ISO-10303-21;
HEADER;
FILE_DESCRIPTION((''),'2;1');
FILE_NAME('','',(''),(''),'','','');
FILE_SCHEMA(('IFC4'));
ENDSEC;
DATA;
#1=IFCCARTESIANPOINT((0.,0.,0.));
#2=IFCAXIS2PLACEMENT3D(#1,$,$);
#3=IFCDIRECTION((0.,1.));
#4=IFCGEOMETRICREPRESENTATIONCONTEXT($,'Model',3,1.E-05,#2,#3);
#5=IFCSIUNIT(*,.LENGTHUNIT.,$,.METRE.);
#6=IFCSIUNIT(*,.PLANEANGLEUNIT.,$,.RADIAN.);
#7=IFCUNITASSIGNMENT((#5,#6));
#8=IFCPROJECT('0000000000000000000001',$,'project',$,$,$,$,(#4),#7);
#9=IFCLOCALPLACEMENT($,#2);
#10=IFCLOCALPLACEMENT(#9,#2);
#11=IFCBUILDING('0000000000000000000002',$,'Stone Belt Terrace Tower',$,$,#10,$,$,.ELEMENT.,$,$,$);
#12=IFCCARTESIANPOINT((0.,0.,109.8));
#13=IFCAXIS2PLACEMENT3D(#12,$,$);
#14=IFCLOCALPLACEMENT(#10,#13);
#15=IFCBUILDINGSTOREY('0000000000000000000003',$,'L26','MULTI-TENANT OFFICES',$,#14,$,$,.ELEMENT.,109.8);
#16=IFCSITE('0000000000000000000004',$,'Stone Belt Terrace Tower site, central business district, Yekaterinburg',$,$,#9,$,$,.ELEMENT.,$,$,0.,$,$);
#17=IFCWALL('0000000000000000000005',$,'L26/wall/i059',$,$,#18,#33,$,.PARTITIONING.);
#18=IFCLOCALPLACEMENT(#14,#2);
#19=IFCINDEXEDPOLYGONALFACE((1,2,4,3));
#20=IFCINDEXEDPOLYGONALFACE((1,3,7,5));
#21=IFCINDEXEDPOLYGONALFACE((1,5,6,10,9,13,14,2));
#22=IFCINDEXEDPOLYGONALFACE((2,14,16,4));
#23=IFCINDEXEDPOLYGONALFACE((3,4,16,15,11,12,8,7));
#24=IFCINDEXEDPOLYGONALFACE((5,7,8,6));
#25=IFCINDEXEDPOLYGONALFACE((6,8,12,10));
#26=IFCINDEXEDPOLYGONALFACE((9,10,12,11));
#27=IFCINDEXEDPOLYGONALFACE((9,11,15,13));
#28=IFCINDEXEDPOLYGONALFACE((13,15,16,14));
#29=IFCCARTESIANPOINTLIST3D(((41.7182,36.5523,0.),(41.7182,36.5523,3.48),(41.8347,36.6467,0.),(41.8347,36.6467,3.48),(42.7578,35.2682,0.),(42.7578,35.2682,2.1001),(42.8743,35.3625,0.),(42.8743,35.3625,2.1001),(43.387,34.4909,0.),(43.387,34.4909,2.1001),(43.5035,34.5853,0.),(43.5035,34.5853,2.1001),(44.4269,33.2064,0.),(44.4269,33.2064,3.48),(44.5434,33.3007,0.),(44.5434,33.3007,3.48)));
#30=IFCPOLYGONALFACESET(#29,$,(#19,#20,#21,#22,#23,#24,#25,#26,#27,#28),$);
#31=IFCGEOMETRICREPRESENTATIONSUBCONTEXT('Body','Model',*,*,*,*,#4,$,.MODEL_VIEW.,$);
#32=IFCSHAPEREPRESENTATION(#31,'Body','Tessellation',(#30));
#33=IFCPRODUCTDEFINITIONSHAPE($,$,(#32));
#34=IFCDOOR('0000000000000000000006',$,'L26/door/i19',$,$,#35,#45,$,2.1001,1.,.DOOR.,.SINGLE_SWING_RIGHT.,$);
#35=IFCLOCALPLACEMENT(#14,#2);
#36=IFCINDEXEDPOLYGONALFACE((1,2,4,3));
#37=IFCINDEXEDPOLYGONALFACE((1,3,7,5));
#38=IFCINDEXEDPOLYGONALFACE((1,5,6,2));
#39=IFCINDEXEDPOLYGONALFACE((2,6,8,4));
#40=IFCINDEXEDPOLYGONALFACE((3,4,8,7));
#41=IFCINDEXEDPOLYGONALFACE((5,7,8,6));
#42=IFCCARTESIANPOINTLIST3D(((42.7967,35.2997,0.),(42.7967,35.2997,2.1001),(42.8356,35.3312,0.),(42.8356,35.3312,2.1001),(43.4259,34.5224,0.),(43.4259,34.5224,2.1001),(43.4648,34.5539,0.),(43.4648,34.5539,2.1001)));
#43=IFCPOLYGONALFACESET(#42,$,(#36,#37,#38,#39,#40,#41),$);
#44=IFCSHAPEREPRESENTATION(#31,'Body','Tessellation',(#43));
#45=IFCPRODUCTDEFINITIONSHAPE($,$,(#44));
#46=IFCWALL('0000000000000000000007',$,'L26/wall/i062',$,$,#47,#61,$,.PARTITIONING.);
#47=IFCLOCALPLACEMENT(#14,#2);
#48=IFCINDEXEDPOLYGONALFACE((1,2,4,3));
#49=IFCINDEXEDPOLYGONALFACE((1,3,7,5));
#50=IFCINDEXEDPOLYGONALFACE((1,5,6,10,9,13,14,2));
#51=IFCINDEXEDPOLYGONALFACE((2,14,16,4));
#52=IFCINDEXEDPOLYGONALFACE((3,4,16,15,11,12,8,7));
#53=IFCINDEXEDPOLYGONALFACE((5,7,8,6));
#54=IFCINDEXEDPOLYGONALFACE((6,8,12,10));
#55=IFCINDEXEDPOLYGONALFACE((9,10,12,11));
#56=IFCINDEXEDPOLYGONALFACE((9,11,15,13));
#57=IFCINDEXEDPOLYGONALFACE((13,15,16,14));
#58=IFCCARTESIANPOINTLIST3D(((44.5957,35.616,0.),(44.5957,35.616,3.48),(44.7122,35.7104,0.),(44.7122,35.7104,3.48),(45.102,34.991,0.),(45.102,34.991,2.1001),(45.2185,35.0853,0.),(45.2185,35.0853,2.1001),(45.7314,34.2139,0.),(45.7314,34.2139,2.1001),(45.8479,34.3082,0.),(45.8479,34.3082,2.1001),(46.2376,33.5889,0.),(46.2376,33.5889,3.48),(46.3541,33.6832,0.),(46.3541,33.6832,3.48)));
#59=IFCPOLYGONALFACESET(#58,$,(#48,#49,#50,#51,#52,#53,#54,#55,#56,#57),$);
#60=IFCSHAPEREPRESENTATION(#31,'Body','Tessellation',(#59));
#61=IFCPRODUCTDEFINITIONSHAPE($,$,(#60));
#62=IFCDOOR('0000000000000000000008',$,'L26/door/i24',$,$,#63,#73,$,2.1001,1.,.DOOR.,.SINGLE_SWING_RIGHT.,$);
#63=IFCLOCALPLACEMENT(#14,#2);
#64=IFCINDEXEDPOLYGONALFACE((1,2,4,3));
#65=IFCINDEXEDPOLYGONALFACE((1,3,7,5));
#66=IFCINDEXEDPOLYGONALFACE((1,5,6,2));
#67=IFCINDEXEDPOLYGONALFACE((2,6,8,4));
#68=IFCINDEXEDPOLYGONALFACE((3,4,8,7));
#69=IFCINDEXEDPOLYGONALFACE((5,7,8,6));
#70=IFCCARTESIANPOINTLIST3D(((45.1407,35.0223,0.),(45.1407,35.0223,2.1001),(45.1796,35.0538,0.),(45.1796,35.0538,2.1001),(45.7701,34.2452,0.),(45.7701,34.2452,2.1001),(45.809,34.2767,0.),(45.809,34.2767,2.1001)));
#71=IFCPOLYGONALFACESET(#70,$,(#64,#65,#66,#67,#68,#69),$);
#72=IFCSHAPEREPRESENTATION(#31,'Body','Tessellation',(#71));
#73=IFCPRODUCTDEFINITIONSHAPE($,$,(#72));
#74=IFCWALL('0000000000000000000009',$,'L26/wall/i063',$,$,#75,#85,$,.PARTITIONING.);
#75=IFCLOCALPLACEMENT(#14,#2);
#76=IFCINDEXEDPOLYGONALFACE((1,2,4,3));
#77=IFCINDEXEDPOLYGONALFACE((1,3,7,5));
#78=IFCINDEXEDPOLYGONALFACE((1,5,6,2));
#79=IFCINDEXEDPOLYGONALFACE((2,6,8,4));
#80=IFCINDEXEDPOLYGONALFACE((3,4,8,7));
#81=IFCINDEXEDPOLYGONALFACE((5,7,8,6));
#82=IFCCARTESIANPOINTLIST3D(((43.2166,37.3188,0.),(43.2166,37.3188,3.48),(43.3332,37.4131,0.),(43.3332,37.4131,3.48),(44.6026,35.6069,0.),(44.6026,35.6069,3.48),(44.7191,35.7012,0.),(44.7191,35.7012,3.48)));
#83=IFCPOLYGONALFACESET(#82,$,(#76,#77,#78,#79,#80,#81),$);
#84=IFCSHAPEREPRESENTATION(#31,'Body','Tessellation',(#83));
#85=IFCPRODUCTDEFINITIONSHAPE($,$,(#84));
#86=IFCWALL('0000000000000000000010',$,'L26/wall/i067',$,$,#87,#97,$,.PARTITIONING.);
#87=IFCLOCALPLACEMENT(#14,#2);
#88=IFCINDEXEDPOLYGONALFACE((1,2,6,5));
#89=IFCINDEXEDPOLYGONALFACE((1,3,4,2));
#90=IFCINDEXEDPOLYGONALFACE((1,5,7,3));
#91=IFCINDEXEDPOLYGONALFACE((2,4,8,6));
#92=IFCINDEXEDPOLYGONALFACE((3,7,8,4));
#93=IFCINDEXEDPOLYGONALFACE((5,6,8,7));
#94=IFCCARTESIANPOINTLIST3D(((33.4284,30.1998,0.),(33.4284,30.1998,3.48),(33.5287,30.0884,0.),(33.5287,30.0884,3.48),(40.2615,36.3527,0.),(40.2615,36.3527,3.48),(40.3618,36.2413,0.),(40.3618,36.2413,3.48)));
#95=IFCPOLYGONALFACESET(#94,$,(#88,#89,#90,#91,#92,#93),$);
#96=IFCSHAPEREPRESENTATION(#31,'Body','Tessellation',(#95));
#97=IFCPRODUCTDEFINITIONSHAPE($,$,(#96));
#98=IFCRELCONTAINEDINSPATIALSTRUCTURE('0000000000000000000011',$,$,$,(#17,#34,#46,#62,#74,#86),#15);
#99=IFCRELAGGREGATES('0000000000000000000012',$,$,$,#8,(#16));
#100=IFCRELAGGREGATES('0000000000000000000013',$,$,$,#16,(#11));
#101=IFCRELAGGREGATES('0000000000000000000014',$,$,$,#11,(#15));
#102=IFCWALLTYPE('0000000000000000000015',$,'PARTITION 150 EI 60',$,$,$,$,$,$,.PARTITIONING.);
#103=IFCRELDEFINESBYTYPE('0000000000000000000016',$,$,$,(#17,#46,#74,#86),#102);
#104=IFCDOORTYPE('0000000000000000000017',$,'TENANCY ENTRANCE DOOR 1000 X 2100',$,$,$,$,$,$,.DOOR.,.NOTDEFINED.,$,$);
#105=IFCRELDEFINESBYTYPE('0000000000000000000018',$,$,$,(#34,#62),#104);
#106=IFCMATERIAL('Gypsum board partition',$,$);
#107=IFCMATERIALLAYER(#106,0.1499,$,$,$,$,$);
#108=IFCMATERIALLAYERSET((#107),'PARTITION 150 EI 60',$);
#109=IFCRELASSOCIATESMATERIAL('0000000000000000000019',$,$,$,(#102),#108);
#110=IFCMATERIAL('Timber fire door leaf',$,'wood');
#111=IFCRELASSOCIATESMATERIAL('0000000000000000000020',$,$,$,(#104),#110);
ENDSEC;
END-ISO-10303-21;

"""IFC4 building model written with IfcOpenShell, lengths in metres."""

from ifc_helpers import new_model, si_unit, direction, frame, frame_2d, origin, place, context, subcontext, project, spatial, rectangle, extrude, material, layer, layer_set, type_object, element, fill, save


model = new_model("IFC4")

# Units and contexts
model_context = context("Model", 3, precision=1e-05, world=origin(), true_north=direction((0.0, 1.0)))
body_context = subcontext(model_context, "Body", "Model", "MODEL_VIEW")
ifc_project = project(units=[si_unit("LENGTHUNIT", "METRE"), si_unit("PLANEANGLEUNIT", "RADIAN")], contexts=[model_context])

# Site, building, storey
site_placement = place(None, origin())
site = spatial("IfcSite", under=ifc_project, at=site_placement, Name="Stone Belt Terrace Tower site, central business district, Yekaterinburg", CompositionType="ELEMENT", RefElevation=0.0)
building_placement = place(site_placement, origin())
building = spatial("IfcBuilding", under=site, at=building_placement, Name="Stone Belt Terrace Tower", CompositionType="ELEMENT")
storey_placement = place(building_placement, frame((0.0, 0.0, 109.8)))
storey = spatial("IfcBuildingStorey", under=building, at=storey_placement, Name="L26", Description="MULTI-TENANT OFFICES", CompositionType="ELEMENT", Elevation=109.8)

# Shared definitions
ifc_material_1 = material(Name="Gypsum board partition")
ifc_layer_1 = layer(ifc_material_1, 0.1499)
ifc_layer_set_1 = layer_set([ifc_layer_1], Name="PARTITION 150 EI 60")
wall_type_1 = type_object("IfcWallType", Name="PARTITION 150 EI 60", PredefinedType="PARTITIONING", material=ifc_layer_set_1)

# Walls, openings, doors
wall_1_placement = place(storey_placement, frame((44.4851, 33.2537, 0.0), z_axis=(0.0, 0.0, 1.0), x_axis=(-0.629215, 0.777232, 0.0)))
wall_1 = element("IfcWall", 1, at=wall_1_placement, inside=storey, type_object=wall_type_1, Name="L26/wall/i059", PredefinedType="PARTITIONING", context=body_context, shape_type="SweptSolid", body=[
    extrude(rectangle(XDim=4.3049, YDim=0.1499, at=frame_2d((2.1523, 0.0))), origin(), (0.0, 0.0, 1.0), 3.48),
])
opening_1_placement = place(wall_1_placement, frame((1.6526, 0.0, 0.0)))
opening_1 = element("IfcOpeningElement", 2, at=opening_1_placement, cuts=wall_1, PredefinedType="OPENING", context=body_context, shape_type="SweptSolid", body=[
    extrude(rectangle(XDim=1.0, YDim=2.1001, at=frame_2d((0.5, 1.05))), frame((0.0, 0.085, 0.0), z_axis=(0.0, -1.0, 0.0), x_axis=(1.0, 0.0, 0.0)), (0.0, 0.0, 1.0), 0.1699),
])
ifc_material_2 = material(Name="Timber fire door leaf", Category="wood")
door_type_1 = type_object("IfcDoorType", Name="TENANCY ENTRANCE DOOR 1000 X 2100", OperationType="NOTDEFINED", PredefinedType="DOOR", material=ifc_material_2)
door_1_placement = place(opening_1_placement, origin())
door_1 = element("IfcDoor", 3, at=door_1_placement, inside=storey, type_object=door_type_1, Name="L26/door/i19", OperationType="SINGLE_SWING_RIGHT", OverallHeight=2.1001, OverallWidth=1.0, PredefinedType="DOOR", context=body_context, shape_type="SweptSolid", body=[
    extrude(rectangle(XDim=1.0, YDim=2.1001, at=frame_2d((0.5, 1.05))), frame((0.0, 0.0249, 0.0), z_axis=(0.0, -1.0, 0.0), x_axis=(1.0, 0.0, 0.0)), (0.0, 0.0, 1.0), 0.05),
])
fill(opening_1, door_1)
wall_2_placement = place(storey_placement, frame((44.6541, 35.6631, 0.0), z_axis=(0.0, 0.0, 1.0), x_axis=(0.629397, -0.777084, 0.0)))
wall_2 = element("IfcWall", 4, at=wall_2_placement, inside=storey, type_object=wall_type_1, Name="L26/wall/i062", PredefinedType="PARTITIONING", context=body_context, shape_type="SweptSolid", body=[
    extrude(rectangle(XDim=2.6086, YDim=0.1499, at=frame_2d((1.3042, 0.0))), origin(), (0.0, 0.0, 1.0), 3.48),
])
opening_2_placement = place(wall_2_placement, frame((0.8042, 0.0, 0.0)))
opening_2 = element("IfcOpeningElement", 5, at=opening_2_placement, cuts=wall_2, PredefinedType="OPENING", context=body_context, shape_type="SweptSolid", body=[
    extrude(rectangle(XDim=1.0, YDim=2.1001, at=frame_2d((0.5, 1.05))), frame((0.0, 0.085, 0.0), z_axis=(0.0, -1.0, 0.0), x_axis=(1.0, 0.0, 0.0)), (0.0, 0.0, 1.0), 0.1699),
])
door_2_placement = place(opening_2_placement, origin())
door_2 = element("IfcDoor", 6, at=door_2_placement, inside=storey, type_object=door_type_1, Name="L26/door/i24", OperationType="SINGLE_SWING_RIGHT", OverallHeight=2.1001, OverallWidth=1.0, PredefinedType="DOOR", context=body_context, shape_type="SweptSolid", body=[
    extrude(rectangle(XDim=1.0, YDim=2.1001, at=frame_2d((0.5, 1.05))), frame((0.0, 0.0249, 0.0), z_axis=(0.0, -1.0, 0.0), x_axis=(1.0, 0.0, 0.0)), (0.0, 0.0, 1.0), 0.05),
])
fill(opening_2, door_2)

# Walls
wall_3_placement = place(storey_placement, frame((43.2749, 37.366, 0.0), z_axis=(0.0, 0.0, 1.0), x_axis=(0.62924, -0.777211, 0.0)))
element("IfcWall", 7, at=wall_3_placement, inside=storey, type_object=wall_type_1, Name="L26/wall/i063", PredefinedType="PARTITIONING", context=body_context, shape_type="SweptSolid", body=[
    extrude(rectangle(XDim=2.2026, YDim=0.1499, at=frame_2d((1.1013, 0.0))), origin(), (0.0, 0.0, 1.0), 3.48),
])
wall_4_placement = place(storey_placement, frame((40.3118, 36.2971, 0.0), z_axis=(0.0, 0.0, 1.0), x_axis=(-0.743125, -0.669152, 0.0)))
element("IfcWall", 8, at=wall_4_placement, inside=storey, type_object=wall_type_1, Name="L26/wall/i067", PredefinedType="PARTITIONING", context=body_context, shape_type="SweptSolid", body=[
    extrude(rectangle(XDim=9.1951, YDim=0.1499, at=frame_2d((4.5977, 0.0))), origin(), (0.0, 0.0, 1.0), 3.48),
])

save(model, "model.ifc")
